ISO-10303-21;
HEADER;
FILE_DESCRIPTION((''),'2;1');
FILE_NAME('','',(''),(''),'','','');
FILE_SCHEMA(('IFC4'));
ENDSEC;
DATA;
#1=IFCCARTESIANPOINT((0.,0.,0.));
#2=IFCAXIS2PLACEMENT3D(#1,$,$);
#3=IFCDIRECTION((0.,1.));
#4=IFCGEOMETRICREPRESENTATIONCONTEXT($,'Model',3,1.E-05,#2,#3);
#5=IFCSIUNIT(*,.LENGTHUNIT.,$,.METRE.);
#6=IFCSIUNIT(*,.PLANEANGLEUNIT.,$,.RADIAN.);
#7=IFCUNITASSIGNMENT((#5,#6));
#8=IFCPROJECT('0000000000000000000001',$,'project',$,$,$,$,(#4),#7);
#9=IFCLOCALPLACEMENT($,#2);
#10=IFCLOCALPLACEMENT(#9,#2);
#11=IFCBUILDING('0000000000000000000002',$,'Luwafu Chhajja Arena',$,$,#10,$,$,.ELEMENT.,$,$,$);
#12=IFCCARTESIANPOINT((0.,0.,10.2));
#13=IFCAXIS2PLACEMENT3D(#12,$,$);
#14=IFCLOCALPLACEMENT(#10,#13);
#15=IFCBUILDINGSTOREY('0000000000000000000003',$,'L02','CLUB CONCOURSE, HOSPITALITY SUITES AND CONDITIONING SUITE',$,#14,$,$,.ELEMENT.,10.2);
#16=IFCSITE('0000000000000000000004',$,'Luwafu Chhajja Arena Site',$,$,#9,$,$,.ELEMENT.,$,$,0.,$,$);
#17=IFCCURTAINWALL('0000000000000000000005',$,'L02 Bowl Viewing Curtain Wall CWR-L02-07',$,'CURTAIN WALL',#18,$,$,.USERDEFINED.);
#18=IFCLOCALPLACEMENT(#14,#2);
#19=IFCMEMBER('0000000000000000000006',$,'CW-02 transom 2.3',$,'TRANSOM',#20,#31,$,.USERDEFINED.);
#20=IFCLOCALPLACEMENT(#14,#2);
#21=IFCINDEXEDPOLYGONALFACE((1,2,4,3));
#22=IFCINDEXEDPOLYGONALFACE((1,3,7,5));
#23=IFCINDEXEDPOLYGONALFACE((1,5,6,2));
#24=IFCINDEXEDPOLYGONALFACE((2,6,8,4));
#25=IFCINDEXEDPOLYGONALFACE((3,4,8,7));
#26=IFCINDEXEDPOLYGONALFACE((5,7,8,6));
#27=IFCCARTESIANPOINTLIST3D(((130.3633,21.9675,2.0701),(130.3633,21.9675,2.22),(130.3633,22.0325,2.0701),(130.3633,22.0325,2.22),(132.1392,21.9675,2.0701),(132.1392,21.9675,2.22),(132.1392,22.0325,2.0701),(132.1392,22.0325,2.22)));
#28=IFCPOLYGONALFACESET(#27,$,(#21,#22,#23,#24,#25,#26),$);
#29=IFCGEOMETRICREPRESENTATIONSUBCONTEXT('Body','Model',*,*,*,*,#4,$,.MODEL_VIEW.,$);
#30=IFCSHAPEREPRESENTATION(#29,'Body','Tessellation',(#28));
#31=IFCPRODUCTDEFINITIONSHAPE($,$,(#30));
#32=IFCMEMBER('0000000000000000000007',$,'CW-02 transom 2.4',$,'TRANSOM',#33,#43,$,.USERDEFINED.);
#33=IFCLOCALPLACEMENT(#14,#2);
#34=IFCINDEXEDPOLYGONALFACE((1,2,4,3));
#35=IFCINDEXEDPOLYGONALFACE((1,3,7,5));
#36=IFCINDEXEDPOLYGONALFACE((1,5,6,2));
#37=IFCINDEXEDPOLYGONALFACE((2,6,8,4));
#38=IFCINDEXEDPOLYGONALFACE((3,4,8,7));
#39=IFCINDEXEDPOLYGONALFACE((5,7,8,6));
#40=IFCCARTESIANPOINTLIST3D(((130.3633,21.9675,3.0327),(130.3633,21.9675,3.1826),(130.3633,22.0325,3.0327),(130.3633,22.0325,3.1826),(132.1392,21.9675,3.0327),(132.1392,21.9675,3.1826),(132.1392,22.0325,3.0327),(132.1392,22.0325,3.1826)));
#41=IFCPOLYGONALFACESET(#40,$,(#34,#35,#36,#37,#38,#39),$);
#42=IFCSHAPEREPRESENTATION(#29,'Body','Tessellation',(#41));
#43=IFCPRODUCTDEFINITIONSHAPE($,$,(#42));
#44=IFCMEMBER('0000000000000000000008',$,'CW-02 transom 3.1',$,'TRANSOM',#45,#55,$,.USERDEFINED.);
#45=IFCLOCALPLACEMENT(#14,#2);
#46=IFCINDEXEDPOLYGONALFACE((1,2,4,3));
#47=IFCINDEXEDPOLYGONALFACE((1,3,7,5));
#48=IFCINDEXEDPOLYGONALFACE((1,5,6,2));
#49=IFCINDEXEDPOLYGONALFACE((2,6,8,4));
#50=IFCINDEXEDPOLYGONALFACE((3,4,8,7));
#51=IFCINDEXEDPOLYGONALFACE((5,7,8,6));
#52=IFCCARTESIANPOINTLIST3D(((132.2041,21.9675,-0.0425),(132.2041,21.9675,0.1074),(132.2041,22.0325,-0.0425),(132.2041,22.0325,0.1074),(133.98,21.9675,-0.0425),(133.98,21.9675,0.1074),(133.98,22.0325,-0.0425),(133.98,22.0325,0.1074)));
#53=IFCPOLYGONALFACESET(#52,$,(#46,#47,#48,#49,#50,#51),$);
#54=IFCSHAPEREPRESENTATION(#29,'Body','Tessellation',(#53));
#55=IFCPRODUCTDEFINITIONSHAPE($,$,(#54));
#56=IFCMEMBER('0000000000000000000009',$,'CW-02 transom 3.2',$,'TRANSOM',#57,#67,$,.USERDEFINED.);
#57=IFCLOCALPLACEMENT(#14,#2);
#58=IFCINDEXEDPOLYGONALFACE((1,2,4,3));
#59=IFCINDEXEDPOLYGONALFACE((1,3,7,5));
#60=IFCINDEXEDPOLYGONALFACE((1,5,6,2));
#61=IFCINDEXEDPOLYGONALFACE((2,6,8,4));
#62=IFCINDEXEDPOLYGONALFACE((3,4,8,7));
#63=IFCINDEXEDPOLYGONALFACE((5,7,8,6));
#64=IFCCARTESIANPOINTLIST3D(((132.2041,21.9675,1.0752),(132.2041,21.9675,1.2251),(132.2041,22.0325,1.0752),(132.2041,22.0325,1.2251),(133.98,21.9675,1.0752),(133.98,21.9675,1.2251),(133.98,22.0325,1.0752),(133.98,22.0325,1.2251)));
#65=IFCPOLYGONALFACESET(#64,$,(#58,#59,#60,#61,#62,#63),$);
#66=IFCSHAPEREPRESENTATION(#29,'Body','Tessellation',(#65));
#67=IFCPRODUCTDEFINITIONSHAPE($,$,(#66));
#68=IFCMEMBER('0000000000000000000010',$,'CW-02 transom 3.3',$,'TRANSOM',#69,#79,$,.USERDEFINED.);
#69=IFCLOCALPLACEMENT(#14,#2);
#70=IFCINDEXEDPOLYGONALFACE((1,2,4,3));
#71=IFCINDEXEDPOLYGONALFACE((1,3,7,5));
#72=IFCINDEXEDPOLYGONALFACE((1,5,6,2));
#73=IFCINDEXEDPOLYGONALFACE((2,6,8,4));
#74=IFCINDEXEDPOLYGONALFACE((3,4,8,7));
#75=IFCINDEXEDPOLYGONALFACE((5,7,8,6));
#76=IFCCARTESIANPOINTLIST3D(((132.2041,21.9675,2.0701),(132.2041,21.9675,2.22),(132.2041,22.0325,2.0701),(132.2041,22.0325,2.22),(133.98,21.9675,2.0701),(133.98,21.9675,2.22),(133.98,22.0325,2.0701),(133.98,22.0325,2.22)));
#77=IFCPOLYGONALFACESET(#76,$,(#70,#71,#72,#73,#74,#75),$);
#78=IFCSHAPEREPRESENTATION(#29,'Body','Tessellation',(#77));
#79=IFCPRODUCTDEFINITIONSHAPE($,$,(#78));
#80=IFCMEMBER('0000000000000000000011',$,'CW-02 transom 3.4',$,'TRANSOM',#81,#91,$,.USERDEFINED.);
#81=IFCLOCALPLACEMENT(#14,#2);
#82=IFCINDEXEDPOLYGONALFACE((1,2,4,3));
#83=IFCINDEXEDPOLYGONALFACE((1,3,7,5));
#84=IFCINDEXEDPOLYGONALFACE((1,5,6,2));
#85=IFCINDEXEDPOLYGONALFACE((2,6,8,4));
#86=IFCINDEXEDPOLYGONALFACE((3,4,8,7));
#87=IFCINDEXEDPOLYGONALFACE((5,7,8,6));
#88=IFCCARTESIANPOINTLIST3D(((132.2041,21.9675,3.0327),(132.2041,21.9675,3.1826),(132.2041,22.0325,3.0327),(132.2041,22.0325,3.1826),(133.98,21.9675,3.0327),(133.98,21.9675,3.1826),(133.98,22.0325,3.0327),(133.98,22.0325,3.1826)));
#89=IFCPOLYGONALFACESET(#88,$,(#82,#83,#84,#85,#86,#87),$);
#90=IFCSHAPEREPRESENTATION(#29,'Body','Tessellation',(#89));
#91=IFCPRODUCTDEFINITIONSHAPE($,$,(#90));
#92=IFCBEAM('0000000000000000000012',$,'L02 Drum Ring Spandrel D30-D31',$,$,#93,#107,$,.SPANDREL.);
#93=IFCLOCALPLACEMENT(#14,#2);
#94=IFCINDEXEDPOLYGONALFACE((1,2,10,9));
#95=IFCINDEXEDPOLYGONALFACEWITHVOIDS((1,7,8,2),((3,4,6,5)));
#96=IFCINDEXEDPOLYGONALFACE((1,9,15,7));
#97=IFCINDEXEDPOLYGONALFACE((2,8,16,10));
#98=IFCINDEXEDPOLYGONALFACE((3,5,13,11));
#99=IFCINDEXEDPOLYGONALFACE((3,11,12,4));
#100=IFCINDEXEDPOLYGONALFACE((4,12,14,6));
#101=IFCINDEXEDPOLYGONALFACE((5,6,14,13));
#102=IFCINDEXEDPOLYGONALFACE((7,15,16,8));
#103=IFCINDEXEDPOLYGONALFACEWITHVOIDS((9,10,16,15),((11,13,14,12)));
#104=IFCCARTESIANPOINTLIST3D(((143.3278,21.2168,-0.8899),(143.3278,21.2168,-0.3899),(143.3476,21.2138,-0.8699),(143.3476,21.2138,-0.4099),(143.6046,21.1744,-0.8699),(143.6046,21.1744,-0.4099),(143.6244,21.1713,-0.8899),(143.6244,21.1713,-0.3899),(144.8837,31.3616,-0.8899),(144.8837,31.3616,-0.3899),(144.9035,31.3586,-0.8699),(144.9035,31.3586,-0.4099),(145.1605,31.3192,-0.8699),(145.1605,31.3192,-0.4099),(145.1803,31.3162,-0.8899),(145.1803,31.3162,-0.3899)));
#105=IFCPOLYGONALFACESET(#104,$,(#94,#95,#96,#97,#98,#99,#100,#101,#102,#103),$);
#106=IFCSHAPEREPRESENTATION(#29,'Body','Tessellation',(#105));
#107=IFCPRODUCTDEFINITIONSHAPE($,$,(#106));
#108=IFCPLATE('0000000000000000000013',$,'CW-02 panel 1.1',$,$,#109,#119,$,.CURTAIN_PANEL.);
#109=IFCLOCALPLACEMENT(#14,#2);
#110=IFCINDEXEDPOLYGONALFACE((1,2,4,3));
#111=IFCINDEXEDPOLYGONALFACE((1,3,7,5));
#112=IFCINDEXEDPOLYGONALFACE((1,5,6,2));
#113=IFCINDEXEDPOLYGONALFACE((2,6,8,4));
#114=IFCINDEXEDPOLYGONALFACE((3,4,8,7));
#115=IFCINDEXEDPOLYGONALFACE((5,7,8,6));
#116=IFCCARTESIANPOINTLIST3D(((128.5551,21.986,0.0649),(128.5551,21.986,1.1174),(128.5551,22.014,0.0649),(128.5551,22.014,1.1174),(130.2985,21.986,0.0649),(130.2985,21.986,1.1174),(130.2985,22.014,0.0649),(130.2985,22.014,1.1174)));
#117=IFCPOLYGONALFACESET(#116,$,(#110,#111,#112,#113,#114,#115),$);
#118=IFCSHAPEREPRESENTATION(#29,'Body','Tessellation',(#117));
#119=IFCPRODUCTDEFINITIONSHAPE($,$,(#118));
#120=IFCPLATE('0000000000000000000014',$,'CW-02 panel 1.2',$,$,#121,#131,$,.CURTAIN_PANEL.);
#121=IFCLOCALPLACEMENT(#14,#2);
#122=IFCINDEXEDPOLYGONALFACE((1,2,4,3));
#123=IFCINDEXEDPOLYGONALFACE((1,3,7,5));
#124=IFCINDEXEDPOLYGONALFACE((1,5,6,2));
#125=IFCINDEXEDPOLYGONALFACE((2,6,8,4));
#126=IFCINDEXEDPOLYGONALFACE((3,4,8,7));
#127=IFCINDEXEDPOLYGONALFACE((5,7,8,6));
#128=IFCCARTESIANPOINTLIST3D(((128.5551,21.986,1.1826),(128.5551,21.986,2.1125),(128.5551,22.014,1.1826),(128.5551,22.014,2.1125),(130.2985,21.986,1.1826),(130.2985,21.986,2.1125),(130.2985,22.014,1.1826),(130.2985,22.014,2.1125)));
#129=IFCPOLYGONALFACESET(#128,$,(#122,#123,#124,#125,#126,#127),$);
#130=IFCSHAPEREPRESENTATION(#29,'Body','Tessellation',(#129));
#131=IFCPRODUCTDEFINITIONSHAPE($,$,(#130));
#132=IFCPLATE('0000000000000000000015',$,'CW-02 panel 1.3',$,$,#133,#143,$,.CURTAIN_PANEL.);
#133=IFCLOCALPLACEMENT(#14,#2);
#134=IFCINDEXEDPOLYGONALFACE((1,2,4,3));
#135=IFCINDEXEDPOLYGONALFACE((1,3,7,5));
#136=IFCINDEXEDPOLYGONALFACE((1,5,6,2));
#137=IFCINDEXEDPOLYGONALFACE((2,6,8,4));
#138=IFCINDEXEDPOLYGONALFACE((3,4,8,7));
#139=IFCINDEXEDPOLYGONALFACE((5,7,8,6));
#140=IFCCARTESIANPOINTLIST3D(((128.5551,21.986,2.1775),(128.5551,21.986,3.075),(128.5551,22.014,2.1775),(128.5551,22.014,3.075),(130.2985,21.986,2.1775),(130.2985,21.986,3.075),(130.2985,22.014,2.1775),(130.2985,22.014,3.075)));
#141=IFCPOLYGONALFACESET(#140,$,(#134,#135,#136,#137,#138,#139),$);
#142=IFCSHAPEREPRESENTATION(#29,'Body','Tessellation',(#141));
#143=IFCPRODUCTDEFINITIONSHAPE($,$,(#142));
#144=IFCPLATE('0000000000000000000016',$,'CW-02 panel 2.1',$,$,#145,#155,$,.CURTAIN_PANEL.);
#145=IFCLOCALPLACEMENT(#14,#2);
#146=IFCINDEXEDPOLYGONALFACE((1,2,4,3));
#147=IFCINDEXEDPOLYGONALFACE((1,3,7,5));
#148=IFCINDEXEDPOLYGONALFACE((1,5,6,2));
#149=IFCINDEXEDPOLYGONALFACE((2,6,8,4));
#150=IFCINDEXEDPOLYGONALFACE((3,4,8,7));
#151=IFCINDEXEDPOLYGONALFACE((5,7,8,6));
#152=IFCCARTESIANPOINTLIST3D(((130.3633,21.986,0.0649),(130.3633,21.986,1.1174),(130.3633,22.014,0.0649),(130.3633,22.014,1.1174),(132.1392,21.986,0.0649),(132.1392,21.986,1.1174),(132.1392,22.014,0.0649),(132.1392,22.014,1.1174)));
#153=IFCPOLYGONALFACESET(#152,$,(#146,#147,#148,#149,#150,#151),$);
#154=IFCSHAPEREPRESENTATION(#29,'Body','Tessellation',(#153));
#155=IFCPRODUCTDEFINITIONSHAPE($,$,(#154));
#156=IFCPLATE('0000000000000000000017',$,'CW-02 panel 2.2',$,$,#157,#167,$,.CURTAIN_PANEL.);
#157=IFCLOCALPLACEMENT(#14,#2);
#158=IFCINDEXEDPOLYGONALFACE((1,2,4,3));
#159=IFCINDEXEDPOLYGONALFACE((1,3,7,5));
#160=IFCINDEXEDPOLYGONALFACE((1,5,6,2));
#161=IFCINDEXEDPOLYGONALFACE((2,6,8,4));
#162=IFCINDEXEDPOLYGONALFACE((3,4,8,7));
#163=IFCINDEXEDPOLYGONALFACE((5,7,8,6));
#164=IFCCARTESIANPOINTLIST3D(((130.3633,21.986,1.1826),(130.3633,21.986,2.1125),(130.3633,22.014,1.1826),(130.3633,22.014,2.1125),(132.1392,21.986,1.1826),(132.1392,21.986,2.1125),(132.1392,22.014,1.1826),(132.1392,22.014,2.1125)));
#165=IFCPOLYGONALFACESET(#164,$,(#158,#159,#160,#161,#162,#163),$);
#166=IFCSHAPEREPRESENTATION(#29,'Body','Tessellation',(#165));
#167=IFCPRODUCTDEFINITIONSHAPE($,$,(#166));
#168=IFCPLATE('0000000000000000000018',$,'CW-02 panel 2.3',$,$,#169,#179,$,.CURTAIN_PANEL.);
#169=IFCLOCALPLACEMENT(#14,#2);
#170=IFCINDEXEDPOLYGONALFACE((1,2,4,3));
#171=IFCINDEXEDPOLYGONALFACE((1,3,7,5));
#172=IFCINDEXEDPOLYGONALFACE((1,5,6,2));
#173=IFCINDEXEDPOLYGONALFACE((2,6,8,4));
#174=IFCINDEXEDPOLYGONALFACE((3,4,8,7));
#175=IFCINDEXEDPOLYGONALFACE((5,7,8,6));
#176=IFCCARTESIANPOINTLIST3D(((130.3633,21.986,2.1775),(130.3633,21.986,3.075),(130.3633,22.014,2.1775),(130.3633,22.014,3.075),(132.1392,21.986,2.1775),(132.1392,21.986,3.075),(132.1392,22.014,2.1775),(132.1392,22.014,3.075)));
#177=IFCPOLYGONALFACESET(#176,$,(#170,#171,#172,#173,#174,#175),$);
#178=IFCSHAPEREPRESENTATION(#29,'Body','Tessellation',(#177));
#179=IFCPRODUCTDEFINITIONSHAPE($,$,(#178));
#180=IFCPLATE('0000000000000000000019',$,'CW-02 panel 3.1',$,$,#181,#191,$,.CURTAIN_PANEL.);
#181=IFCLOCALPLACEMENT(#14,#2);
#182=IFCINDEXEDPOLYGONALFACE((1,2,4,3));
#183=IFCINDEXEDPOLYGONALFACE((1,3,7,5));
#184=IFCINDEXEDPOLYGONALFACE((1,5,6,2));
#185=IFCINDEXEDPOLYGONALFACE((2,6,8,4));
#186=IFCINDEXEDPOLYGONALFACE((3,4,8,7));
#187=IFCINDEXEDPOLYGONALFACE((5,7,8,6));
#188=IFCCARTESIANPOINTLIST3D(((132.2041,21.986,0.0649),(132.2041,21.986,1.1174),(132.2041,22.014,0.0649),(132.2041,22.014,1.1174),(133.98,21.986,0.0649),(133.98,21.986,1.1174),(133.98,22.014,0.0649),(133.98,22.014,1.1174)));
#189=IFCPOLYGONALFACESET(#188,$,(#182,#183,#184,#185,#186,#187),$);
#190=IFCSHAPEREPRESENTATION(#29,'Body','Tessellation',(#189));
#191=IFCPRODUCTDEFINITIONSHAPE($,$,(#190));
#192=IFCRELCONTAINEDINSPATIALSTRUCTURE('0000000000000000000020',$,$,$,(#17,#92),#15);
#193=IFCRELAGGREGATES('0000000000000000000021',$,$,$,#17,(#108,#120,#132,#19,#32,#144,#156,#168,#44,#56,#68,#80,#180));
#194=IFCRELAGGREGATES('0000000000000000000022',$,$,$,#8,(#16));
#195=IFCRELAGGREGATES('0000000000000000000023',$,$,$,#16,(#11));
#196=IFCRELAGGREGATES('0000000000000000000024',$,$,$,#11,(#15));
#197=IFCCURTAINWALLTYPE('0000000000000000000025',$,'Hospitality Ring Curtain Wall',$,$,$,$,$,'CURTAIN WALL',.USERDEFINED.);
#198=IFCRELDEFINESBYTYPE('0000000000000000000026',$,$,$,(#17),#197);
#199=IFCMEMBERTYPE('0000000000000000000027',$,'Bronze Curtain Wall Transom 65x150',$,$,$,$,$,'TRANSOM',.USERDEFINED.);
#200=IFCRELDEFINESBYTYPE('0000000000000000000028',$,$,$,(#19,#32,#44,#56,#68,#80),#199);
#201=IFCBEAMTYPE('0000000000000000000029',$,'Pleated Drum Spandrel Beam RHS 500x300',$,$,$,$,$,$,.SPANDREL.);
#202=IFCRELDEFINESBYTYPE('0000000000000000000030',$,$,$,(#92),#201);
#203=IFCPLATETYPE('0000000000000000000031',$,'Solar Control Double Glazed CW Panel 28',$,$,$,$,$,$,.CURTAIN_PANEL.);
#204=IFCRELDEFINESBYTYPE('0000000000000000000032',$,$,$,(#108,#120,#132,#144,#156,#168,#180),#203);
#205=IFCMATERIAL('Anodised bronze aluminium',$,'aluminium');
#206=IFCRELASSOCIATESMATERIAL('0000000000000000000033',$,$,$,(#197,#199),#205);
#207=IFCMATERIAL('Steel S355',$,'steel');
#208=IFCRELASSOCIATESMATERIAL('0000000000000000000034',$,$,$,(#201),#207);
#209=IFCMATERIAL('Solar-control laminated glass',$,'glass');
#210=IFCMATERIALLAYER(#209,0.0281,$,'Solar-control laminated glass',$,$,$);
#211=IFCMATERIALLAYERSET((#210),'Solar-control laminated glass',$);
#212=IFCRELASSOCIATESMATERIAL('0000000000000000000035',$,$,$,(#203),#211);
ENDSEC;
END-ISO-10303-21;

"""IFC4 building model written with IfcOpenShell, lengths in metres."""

from ifc_helpers import new_model, si_unit, direction, frame, origin, origin_2d, place, context, subcontext, project, spatial, rectangle, hollow_rectangle, extrude, material, layer, layer_set, material_profile, profile_set, type_object, element, aggregate, save


model = new_model("IFC4")

# Units and contexts
model_context = context("Model", 3, precision=1e-05, world=origin(), true_north=direction((0.0, 1.0)))
body_context = subcontext(model_context, "Body", "Model", "MODEL_VIEW")
ifc_project = project(units=[si_unit("LENGTHUNIT", "METRE"), si_unit("PLANEANGLEUNIT", "RADIAN")], contexts=[model_context])

# Site, building, storey
site_placement = place(None, origin())
site = spatial("IfcSite", under=ifc_project, at=site_placement, Name="Luwafu Chhajja Arena Site", CompositionType="ELEMENT", RefElevation=0.0)
building_placement = place(site_placement, origin())
building = spatial("IfcBuilding", under=site, at=building_placement, Name="Luwafu Chhajja Arena", CompositionType="ELEMENT")
storey_placement = place(building_placement, frame((0.0, 0.0, 10.2)))
storey = spatial("IfcBuildingStorey", under=building, at=storey_placement, Name="L02", Description="CLUB CONCOURSE, HOSPITALITY SUITES AND CONDITIONING SUITE", CompositionType="ELEMENT", Elevation=10.2)

# Shared definitions
ifc_material_1 = material(Name="Steel S355", Category="steel")

# Curtain wall, members
ifc_material_2 = material(Name="Anodised bronze aluminium", Category="aluminium")
curtain_wall_type = type_object("IfcCurtainWallType", Name="Hospitality Ring Curtain Wall", ElementType="CURTAIN WALL", PredefinedType="USERDEFINED", material=ifc_material_2)
curtain_wall_placement = place(storey_placement, origin())
curtain_wall = element("IfcCurtainWall", 1, at=curtain_wall_placement, inside=storey, type_object=curtain_wall_type, Name="L02 Bowl Viewing Curtain Wall CWR-L02-07", ObjectType="CURTAIN WALL", PredefinedType="USERDEFINED")
ifc_material_profile_1 = material_profile(ifc_material_2, rectangle(XDim=0.0649, YDim=0.1499, at=origin_2d()), Name="CWT 65x150")
ifc_profile_set_1 = profile_set([ifc_material_profile_1], Name="Anodised bronze aluminium")
member_type_1 = type_object("IfcMemberType", Name="Bronze Curtain Wall Transom 65x150", ElementType="TRANSOM", PredefinedType="USERDEFINED", material=ifc_profile_set_1)
member_1_placement = place(storey_placement, frame((130.3633, 22.0, 2.145), z_axis=(1.0, 0.0, 0.0), x_axis=(0.0, 1.0, 0.0)))
member_1 = element("IfcMember", 2, at=member_1_placement, type_object=member_type_1, Name="CW-02 transom 2.3", ObjectType="TRANSOM", PredefinedType="USERDEFINED", context=body_context, shape_type="SweptSolid", body=[
    extrude(rectangle(XDim=0.0649, YDim=0.1499, at=origin_2d()), origin(), (0.0, 0.0, 1.0), 1.7759),
])
member_2_placement = place(storey_placement, frame((130.3633, 22.0, 3.1077), z_axis=(1.0, 0.0, 0.0), x_axis=(0.0, 1.0, 0.0)))
member_2 = element("IfcMember", 3, at=member_2_placement, type_object=member_type_1, Name="CW-02 transom 2.4", ObjectType="TRANSOM", PredefinedType="USERDEFINED", context=body_context, shape_type="SweptSolid", body=[
    extrude(rectangle(XDim=0.0649, YDim=0.1499, at=origin_2d()), origin(), (0.0, 0.0, 1.0), 1.7759),
])
member_3_placement = place(storey_placement, frame((132.2041, 22.0, 0.0325), z_axis=(1.0, 0.0, 0.0), x_axis=(0.0, 1.0, 0.0)))
member_3 = element("IfcMember", 4, at=member_3_placement, type_object=member_type_1, Name="CW-02 transom 3.1", ObjectType="TRANSOM", PredefinedType="USERDEFINED", context=body_context, shape_type="SweptSolid", body=[
    extrude(rectangle(XDim=0.0649, YDim=0.1499, at=origin_2d()), origin(), (0.0, 0.0, 1.0), 1.7759),
])
member_4_placement = place(storey_placement, frame((132.2041, 22.0, 1.1501), z_axis=(1.0, 0.0, 0.0), x_axis=(0.0, 1.0, 0.0)))
member_4 = element("IfcMember", 5, at=member_4_placement, type_object=member_type_1, Name="CW-02 transom 3.2", ObjectType="TRANSOM", PredefinedType="USERDEFINED", context=body_context, shape_type="SweptSolid", body=[
    extrude(rectangle(XDim=0.0649, YDim=0.1499, at=origin_2d()), origin(), (0.0, 0.0, 1.0), 1.7759),
])
member_5_placement = place(storey_placement, frame((132.2041, 22.0, 2.145), z_axis=(1.0, 0.0, 0.0), x_axis=(0.0, 1.0, 0.0)))
member_5 = element("IfcMember", 6, at=member_5_placement, type_object=member_type_1, Name="CW-02 transom 3.3", ObjectType="TRANSOM", PredefinedType="USERDEFINED", context=body_context, shape_type="SweptSolid", body=[
    extrude(rectangle(XDim=0.0649, YDim=0.1499, at=origin_2d()), origin(), (0.0, 0.0, 1.0), 1.7759),
])
member_6_placement = place(storey_placement, frame((132.2041, 22.0, 3.1077), z_axis=(1.0, 0.0, 0.0), x_axis=(0.0, 1.0, 0.0)))
member_6 = element("IfcMember", 7, at=member_6_placement, type_object=member_type_1, Name="CW-02 transom 3.4", ObjectType="TRANSOM", PredefinedType="USERDEFINED", context=body_context, shape_type="SweptSolid", body=[
    extrude(rectangle(XDim=0.0649, YDim=0.1499, at=origin_2d()), origin(), (0.0, 0.0, 1.0), 1.7759),
])

# Beam
ifc_material_profile_2 = material_profile(ifc_material_1, hollow_rectangle(XDim=0.3, YDim=0.5, WallThickness=0.02, at=origin_2d()), Name="RHS 500x300x20")
ifc_profile_set_2 = profile_set([ifc_material_profile_2], Name="Steel S355")
beam_type = type_object("IfcBeamType", Name="Pleated Drum Spandrel Beam RHS 500x300", PredefinedType="SPANDREL", material=ifc_profile_set_2)
beam_placement = place(storey_placement, frame((143.4761, 21.1941, -0.6399), z_axis=(0.151598, 0.988442, 0.0), x_axis=(-0.988442, 0.151598, 0.0)))
element("IfcBeam", 8, at=beam_placement, inside=storey, type_object=beam_type, Name="L02 Drum Ring Spandrel D30-D31", PredefinedType="SPANDREL", context=body_context, shape_type="SweptSolid", body=[
    extrude(hollow_rectangle(XDim=0.3, YDim=0.5, WallThickness=0.02, at=origin_2d()), origin(), (0.0, 0.0, 1.0), 10.2634),
])

# Plates
ifc_material_3 = material(Name="Solar-control laminated glass", Category="glass")
ifc_layer = layer(ifc_material_3, 0.0281, Name="Solar-control laminated glass")
ifc_layer_set = layer_set([ifc_layer], Name="Solar-control laminated glass")
plate_type = type_object("IfcPlateType", Name="Solar Control Double Glazed CW Panel 28", PredefinedType="CURTAIN_PANEL", material=ifc_layer_set)
plate_1_placement = place(storey_placement, frame((129.4268, 22.0, 0.0649), z_axis=(0.0, 0.0, 1.0), x_axis=(1.0, 0.0, 0.0)))
plate_1 = element("IfcPlate", 9, at=plate_1_placement, type_object=plate_type, Name="CW-02 panel 1.1", PredefinedType="CURTAIN_PANEL", context=body_context, shape_type="SweptSolid", body=[
    extrude(rectangle(XDim=1.7434, YDim=0.0281, at=origin_2d()), origin(), (0.0, 0.0, 1.0), 1.0525),
])
plate_2_placement = place(storey_placement, frame((129.4268, 22.0, 1.1826), z_axis=(0.0, 0.0, 1.0), x_axis=(1.0, 0.0, 0.0)))
plate_2 = element("IfcPlate", 10, at=plate_2_placement, type_object=plate_type, Name="CW-02 panel 1.2", PredefinedType="CURTAIN_PANEL", context=body_context, shape_type="SweptSolid", body=[
    extrude(rectangle(XDim=1.7434, YDim=0.0281, at=origin_2d()), origin(), (0.0, 0.0, 1.0), 0.9299),
])
plate_3_placement = place(storey_placement, frame((129.4268, 22.0, 2.1775), z_axis=(0.0, 0.0, 1.0), x_axis=(1.0, 0.0, 0.0)))
plate_3 = element("IfcPlate", 11, at=plate_3_placement, type_object=plate_type, Name="CW-02 panel 1.3", PredefinedType="CURTAIN_PANEL", context=body_context, shape_type="SweptSolid", body=[
    extrude(rectangle(XDim=1.7434, YDim=0.0281, at=origin_2d()), origin(), (0.0, 0.0, 1.0), 0.8975),
])
plate_4_placement = place(storey_placement, frame((131.2512, 22.0, 0.0649), z_axis=(0.0, 0.0, 1.0), x_axis=(1.0, 0.0, 0.0)))
plate_4 = element("IfcPlate", 12, at=plate_4_placement, type_object=plate_type, Name="CW-02 panel 2.1", PredefinedType="CURTAIN_PANEL", context=body_context, shape_type="SweptSolid", body=[
    extrude(rectangle(XDim=1.7759, YDim=0.0281, at=origin_2d()), origin(), (0.0, 0.0, 1.0), 1.0525),
])
plate_5_placement = place(storey_placement, frame((131.2512, 22.0, 1.1826), z_axis=(0.0, 0.0, 1.0), x_axis=(1.0, 0.0, 0.0)))
plate_5 = element("IfcPlate", 13, at=plate_5_placement, type_object=plate_type, Name="CW-02 panel 2.2", PredefinedType="CURTAIN_PANEL", context=body_context, shape_type="SweptSolid", body=[
    extrude(rectangle(XDim=1.7759, YDim=0.0281, at=origin_2d()), origin(), (0.0, 0.0, 1.0), 0.9299),
])
plate_6_placement = place(storey_placement, frame((131.2512, 22.0, 2.1775), z_axis=(0.0, 0.0, 1.0), x_axis=(1.0, 0.0, 0.0)))
plate_6 = element("IfcPlate", 14, at=plate_6_placement, type_object=plate_type, Name="CW-02 panel 2.3", PredefinedType="CURTAIN_PANEL", context=body_context, shape_type="SweptSolid", body=[
    extrude(rectangle(XDim=1.7759, YDim=0.0281, at=origin_2d()), origin(), (0.0, 0.0, 1.0), 0.8975),
])
plate_7_placement = place(storey_placement, frame((133.092, 22.0, 0.0649), z_axis=(0.0, 0.0, 1.0), x_axis=(1.0, 0.0, 0.0)))
plate_7 = element("IfcPlate", 15, at=plate_7_placement, type_object=plate_type, Name="CW-02 panel 3.1", PredefinedType="CURTAIN_PANEL", context=body_context, shape_type="SweptSolid", body=[
    extrude(rectangle(XDim=1.7759, YDim=0.0281, at=origin_2d()), origin(), (0.0, 0.0, 1.0), 1.0525),
])
aggregate(curtain_wall, [plate_1, plate_2, plate_3, member_1, member_2, plate_4, plate_5, plate_6, member_3, member_4, member_5, member_6, plate_7])

save(model, "model.ifc")
